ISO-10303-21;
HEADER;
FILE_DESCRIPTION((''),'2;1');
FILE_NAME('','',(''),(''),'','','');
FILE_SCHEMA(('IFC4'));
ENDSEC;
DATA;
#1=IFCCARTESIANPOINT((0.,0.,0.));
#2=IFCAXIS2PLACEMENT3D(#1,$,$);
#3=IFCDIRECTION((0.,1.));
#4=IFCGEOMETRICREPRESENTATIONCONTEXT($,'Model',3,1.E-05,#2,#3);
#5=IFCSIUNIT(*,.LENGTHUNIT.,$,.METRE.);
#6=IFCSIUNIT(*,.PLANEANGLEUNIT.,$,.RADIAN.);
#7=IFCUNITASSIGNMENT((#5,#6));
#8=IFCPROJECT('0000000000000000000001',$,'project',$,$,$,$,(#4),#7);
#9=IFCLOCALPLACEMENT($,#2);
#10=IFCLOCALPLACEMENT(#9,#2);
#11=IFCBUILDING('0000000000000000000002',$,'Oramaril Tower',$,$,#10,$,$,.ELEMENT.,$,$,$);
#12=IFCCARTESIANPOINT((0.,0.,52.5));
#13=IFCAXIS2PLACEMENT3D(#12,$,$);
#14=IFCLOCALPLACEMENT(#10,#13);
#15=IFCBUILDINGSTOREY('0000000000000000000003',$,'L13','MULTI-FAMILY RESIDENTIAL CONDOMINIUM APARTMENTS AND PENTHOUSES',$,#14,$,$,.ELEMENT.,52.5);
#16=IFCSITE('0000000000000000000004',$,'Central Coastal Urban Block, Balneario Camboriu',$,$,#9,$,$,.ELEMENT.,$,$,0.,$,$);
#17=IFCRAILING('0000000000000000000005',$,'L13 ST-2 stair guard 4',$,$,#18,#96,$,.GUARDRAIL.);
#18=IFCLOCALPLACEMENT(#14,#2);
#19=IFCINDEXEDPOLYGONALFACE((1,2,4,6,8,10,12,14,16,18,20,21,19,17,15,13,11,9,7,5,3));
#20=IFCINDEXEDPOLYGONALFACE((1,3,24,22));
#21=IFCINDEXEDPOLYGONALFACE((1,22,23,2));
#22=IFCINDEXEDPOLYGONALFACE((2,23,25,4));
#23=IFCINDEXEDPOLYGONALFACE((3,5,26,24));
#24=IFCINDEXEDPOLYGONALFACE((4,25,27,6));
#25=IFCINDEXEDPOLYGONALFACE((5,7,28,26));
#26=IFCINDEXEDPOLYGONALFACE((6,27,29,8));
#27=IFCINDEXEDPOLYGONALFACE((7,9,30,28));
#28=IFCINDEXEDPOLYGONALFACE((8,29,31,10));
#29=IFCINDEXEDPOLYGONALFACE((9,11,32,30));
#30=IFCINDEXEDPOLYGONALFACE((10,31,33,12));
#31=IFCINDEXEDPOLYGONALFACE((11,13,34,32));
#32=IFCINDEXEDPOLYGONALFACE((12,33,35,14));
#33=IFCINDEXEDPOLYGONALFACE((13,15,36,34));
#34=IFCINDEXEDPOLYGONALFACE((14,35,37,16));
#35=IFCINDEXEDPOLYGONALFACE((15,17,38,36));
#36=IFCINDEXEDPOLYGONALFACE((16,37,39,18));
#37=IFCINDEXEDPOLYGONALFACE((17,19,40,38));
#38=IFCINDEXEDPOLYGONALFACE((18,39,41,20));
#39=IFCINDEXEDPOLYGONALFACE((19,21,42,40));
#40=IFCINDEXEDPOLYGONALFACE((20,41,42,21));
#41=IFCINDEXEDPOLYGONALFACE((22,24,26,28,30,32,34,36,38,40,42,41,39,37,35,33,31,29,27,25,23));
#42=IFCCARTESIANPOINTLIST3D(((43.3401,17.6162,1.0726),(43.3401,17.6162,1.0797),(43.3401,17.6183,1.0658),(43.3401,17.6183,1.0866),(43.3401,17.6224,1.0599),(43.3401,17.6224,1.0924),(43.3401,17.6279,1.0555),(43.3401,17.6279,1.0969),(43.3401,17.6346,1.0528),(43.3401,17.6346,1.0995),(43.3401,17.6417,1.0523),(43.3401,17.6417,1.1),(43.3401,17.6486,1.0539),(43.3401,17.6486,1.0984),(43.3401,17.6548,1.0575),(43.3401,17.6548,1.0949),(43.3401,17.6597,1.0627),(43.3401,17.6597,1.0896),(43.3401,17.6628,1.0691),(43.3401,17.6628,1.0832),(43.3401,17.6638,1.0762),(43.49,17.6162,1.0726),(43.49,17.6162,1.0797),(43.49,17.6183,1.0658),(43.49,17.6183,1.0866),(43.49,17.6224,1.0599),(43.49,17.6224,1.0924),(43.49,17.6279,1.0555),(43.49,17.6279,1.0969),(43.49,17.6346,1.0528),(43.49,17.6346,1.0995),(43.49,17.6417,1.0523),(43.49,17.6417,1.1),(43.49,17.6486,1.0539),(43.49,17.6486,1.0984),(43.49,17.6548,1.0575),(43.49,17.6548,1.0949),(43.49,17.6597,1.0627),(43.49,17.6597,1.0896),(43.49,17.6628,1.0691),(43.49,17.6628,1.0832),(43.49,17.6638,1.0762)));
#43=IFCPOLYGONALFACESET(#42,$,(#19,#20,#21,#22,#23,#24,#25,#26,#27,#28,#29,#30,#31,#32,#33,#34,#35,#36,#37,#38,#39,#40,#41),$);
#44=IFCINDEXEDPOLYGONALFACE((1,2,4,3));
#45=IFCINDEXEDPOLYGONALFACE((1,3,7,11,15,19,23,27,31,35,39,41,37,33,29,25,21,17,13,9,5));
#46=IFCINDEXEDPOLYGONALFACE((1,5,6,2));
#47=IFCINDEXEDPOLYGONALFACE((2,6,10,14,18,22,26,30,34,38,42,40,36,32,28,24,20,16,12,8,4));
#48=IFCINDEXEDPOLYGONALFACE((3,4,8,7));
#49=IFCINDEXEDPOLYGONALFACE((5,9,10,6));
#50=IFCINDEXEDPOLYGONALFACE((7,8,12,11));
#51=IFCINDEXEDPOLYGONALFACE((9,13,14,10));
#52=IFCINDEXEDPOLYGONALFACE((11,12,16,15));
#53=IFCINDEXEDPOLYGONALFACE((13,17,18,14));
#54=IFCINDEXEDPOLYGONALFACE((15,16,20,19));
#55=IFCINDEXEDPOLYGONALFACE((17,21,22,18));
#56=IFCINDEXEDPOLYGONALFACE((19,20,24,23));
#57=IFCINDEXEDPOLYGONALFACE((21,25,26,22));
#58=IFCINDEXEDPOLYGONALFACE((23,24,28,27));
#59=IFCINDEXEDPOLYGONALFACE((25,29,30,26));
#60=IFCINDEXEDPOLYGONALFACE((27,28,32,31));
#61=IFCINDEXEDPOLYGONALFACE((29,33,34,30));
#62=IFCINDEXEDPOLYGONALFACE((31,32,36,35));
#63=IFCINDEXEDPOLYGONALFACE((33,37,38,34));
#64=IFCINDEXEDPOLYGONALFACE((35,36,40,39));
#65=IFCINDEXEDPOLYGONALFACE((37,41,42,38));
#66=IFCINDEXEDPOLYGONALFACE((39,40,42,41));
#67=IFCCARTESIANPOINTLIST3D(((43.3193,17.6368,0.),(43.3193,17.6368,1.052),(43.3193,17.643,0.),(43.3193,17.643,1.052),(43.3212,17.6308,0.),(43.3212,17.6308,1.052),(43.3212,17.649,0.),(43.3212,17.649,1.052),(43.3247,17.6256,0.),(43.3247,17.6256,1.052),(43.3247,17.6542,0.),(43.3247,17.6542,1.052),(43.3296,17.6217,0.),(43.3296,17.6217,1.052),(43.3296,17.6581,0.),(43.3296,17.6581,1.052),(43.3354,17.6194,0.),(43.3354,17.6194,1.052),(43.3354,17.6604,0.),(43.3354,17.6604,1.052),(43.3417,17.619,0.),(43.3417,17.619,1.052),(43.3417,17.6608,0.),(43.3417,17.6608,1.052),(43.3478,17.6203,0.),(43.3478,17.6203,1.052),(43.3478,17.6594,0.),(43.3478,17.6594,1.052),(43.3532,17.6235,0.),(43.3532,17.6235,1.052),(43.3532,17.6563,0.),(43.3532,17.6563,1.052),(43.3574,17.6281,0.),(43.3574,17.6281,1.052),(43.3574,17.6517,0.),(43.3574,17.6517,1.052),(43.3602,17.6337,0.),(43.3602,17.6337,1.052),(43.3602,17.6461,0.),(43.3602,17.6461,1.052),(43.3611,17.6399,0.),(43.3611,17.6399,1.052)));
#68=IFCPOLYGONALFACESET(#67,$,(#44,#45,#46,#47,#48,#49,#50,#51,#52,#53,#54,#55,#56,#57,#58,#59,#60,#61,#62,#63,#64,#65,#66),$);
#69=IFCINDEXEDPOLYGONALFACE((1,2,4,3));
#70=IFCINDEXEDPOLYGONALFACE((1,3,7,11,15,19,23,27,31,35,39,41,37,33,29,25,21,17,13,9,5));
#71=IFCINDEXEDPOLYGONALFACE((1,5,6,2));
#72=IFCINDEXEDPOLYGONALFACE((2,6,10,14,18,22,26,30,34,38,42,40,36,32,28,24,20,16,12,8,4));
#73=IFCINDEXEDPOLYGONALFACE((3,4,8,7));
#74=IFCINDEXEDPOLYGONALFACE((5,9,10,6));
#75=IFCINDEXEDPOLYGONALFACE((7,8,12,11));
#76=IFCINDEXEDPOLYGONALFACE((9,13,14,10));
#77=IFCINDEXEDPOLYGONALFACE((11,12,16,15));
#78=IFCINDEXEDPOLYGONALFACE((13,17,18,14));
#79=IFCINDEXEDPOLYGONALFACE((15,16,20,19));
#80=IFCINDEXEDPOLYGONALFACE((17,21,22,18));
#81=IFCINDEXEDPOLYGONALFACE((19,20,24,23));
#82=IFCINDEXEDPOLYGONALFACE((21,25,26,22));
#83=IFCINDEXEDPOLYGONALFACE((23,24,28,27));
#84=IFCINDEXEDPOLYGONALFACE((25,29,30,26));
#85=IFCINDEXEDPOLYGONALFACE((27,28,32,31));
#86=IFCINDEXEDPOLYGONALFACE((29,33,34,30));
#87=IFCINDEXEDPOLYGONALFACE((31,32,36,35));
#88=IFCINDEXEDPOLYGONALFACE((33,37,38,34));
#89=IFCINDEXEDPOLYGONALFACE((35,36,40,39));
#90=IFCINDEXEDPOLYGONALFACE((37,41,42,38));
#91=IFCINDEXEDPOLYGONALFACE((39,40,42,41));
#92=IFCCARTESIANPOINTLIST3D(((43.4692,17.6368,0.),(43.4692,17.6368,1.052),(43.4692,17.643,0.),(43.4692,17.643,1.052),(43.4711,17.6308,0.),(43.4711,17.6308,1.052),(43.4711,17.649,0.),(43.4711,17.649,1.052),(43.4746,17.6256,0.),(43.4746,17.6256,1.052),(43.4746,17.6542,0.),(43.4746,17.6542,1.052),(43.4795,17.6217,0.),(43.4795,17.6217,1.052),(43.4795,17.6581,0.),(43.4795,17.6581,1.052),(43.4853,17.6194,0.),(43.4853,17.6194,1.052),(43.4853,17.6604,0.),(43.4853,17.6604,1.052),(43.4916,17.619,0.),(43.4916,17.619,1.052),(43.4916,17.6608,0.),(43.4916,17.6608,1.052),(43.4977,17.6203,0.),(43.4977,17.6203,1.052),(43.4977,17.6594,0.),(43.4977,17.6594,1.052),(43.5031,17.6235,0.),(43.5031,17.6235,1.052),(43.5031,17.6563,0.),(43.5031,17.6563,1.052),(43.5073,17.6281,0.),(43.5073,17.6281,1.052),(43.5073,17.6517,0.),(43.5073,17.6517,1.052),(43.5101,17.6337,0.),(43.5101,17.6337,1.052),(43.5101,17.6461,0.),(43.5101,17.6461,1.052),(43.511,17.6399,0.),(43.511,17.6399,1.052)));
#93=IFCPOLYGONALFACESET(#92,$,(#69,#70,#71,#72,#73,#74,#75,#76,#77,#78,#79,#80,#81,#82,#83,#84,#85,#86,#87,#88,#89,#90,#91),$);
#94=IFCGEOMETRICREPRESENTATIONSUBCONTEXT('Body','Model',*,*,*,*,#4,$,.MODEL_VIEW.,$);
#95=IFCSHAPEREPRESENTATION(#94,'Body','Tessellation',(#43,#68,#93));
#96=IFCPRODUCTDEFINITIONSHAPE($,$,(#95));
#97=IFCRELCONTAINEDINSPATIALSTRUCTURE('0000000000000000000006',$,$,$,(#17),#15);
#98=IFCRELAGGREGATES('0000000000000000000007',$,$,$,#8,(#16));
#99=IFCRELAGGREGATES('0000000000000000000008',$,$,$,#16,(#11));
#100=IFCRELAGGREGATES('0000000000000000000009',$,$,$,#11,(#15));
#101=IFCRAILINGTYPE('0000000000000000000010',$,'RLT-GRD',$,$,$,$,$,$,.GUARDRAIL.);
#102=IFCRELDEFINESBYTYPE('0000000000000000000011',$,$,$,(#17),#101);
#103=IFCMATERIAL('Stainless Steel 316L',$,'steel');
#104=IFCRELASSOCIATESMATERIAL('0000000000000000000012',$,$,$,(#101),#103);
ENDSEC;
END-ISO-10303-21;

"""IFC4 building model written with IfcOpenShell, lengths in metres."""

from ifc_helpers import new_model, si_unit, direction, frame, origin, origin_2d, place, context, subcontext, project, spatial, circle, extrude, material, type_object, element, save


model = new_model("IFC4")

# Units and contexts
model_context = context("Model", 3, precision=1e-05, world=origin(), true_north=direction((0.0, 1.0)))
body_context = subcontext(model_context, "Body", "Model", "MODEL_VIEW")
ifc_project = project(units=[si_unit("LENGTHUNIT", "METRE"), si_unit("PLANEANGLEUNIT", "RADIAN")], contexts=[model_context])

# Site, building, storey
site_placement = place(None, origin())
site = spatial("IfcSite", under=ifc_project, at=site_placement, Name="Central Coastal Urban Block, Balneario Camboriu", CompositionType="ELEMENT", RefElevation=0.0)
building_placement = place(site_placement, origin())
building = spatial("IfcBuilding", under=site, at=building_placement, Name="Oramaril Tower", CompositionType="ELEMENT")
storey_placement = place(building_placement, frame((0.0, 0.0, 52.5)))
storey = spatial("IfcBuildingStorey", under=building, at=storey_placement, Name="L13", Description="MULTI-FAMILY RESIDENTIAL CONDOMINIUM APARTMENTS AND PENTHOUSES", CompositionType="ELEMENT", Elevation=52.5)

# Railing
ifc_material_1 = material(Name="Stainless Steel 316L", Category="steel")
railing_type_1 = type_object("IfcRailingType", Name="RLT-GRD", PredefinedType="GUARDRAIL", material=ifc_material_1)
railing_1_placement = place(storey_placement, frame((43.3401, 17.6399, 0.0)))
element("IfcRailing", 1, at=railing_1_placement, inside=storey, type_object=railing_type_1, Name="L13 ST-2 stair guard 4", PredefinedType="GUARDRAIL", context=body_context, shape_type="SweptSolid", body=[
    extrude(circle(Radius=0.0239, at=origin_2d()), frame((0.0, 0.0, 1.0762), z_axis=(1.0, 0.0, 0.0), x_axis=(0.0, 1.0, 0.0)), (0.0, 0.0, 1.0), 0.1499),
    extrude(circle(Radius=0.021, at=origin_2d()), origin(), (0.0, 0.0, 1.0), 1.052),
    extrude(circle(Radius=0.021, at=origin_2d()), frame((0.1499, 0.0, 0.0)), (0.0, 0.0, 1.0), 1.052),
])

save(model, "model.ifc")
